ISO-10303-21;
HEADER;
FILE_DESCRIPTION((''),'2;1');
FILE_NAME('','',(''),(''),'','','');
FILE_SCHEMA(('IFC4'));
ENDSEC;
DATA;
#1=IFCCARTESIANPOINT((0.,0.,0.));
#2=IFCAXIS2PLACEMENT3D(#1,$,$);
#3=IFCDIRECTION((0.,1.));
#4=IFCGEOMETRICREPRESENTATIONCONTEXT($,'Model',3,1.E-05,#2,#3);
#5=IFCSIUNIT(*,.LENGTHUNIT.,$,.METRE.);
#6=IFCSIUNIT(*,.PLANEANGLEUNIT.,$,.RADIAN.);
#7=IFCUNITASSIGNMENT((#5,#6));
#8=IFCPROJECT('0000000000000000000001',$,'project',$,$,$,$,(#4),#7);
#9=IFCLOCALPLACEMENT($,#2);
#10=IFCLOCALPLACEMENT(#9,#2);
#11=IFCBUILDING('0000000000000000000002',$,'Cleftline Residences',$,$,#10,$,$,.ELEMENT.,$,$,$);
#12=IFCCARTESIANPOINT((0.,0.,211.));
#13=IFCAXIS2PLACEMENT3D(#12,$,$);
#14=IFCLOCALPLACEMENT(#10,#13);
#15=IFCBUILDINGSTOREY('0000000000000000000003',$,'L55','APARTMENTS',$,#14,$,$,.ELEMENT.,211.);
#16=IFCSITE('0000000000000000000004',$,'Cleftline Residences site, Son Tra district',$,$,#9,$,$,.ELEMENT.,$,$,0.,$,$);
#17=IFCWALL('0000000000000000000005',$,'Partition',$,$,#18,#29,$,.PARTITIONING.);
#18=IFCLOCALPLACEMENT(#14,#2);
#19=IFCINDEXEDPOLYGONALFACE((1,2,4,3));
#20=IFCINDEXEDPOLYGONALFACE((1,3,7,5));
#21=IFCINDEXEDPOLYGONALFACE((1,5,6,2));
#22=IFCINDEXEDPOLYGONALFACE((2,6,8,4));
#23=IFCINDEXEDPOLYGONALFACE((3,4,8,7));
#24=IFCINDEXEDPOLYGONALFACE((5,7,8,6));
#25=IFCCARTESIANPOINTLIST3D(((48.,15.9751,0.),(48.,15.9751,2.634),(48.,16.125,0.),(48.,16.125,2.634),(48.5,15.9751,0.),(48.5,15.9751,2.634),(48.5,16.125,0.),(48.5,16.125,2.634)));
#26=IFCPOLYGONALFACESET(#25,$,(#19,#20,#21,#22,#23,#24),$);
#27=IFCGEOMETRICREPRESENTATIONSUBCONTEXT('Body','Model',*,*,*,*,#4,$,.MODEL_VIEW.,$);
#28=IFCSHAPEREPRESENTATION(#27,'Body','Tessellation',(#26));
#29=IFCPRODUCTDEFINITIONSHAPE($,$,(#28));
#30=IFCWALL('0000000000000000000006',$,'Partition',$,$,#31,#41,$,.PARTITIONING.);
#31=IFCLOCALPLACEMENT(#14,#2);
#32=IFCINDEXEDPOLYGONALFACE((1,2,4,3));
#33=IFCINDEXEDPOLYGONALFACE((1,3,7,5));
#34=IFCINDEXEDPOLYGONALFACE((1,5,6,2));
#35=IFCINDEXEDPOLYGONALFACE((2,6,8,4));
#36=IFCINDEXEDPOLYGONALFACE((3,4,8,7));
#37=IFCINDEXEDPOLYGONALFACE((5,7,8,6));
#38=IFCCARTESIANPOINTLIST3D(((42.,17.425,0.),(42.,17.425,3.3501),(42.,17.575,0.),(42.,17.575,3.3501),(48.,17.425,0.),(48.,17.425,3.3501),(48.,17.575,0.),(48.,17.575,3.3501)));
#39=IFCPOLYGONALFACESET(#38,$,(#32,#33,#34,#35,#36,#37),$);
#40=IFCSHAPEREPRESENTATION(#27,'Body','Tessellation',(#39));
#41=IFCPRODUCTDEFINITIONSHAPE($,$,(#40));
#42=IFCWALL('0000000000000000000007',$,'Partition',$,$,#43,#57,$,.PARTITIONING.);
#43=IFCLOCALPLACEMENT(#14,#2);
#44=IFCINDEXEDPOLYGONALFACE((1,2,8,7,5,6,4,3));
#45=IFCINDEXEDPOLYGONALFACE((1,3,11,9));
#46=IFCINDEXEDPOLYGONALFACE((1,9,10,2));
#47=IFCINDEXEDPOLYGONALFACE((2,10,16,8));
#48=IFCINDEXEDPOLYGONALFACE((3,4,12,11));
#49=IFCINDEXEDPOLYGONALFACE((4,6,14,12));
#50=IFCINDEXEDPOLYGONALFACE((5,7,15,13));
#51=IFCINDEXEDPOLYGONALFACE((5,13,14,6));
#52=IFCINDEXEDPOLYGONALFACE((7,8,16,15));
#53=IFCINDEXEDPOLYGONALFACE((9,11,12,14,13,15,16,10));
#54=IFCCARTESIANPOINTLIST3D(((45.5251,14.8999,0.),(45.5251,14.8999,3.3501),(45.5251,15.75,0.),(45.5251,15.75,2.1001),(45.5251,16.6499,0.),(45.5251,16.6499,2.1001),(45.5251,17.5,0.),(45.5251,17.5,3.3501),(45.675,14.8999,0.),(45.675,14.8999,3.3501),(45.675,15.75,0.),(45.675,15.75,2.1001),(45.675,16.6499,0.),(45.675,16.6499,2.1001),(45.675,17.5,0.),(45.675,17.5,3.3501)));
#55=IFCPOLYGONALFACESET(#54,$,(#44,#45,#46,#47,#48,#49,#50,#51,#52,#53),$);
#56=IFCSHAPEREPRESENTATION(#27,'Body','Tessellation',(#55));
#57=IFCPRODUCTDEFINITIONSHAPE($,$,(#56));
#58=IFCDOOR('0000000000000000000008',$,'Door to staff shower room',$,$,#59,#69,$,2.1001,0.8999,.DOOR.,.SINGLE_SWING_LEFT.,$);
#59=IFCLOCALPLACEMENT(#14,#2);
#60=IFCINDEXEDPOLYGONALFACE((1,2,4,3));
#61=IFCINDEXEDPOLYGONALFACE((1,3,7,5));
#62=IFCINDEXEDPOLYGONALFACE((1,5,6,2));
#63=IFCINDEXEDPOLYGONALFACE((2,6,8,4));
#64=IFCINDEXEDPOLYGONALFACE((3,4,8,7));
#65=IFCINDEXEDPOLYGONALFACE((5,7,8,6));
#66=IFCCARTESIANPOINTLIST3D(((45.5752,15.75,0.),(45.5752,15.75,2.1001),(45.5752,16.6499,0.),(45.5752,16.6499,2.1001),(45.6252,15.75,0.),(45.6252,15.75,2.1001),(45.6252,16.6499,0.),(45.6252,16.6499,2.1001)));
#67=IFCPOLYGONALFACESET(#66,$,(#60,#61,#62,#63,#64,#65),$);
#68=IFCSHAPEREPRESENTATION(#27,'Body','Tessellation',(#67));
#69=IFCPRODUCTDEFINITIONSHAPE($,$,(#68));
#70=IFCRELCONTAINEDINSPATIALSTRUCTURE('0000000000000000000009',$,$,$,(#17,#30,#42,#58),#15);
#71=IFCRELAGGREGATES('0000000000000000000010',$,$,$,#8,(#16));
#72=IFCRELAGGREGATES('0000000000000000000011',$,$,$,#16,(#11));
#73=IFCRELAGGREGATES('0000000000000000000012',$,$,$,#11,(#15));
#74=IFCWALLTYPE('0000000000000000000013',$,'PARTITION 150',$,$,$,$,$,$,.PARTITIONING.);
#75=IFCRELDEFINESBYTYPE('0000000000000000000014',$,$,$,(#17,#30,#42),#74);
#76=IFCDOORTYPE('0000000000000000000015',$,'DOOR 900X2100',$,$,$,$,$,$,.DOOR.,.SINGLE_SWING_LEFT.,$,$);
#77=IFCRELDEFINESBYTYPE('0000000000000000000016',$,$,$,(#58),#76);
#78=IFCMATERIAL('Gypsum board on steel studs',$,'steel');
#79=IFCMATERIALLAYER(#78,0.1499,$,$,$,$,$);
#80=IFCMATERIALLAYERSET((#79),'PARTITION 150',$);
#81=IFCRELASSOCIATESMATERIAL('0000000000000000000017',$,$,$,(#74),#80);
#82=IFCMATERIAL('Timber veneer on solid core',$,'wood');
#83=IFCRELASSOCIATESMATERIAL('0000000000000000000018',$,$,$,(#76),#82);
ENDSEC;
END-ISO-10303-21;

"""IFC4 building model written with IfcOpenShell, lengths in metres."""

from ifc_helpers import new_model, si_unit, direction, frame, frame_2d, origin, place, context, subcontext, project, spatial, rectangle, extrude, material, layer, layer_set, type_object, element, fill, save


model = new_model("IFC4")

# Units and contexts
model_context = context("Model", 3, precision=1e-05, world=origin(), true_north=direction((0.0, 1.0)))
body_context = subcontext(model_context, "Body", "Model", "MODEL_VIEW")
ifc_project = project(units=[si_unit("LENGTHUNIT", "METRE"), si_unit("PLANEANGLEUNIT", "RADIAN")], contexts=[model_context])

# Site, building, storey
site_placement = place(None, origin())
site = spatial("IfcSite", under=ifc_project, at=site_placement, Name="Cleftline Residences site, Son Tra district", CompositionType="ELEMENT", RefElevation=0.0)
building_placement = place(site_placement, origin())
building = spatial("IfcBuilding", under=site, at=building_placement, Name="Cleftline Residences", CompositionType="ELEMENT")
storey_placement = place(building_placement, frame((0.0, 0.0, 211.0)))
storey = spatial("IfcBuildingStorey", under=building, at=storey_placement, Name="L55", Description="APARTMENTS", CompositionType="ELEMENT", Elevation=211.0)

# Walls
ifc_material_1 = material(Name="Gypsum board on steel studs", Category="steel")
ifc_layer_1 = layer(ifc_material_1, 0.1499)
ifc_layer_set_1 = layer_set([ifc_layer_1], Name="PARTITION 150")
wall_type_1 = type_object("IfcWallType", Name="PARTITION 150", PredefinedType="PARTITIONING", material=ifc_layer_set_1)
wall_1_placement = place(storey_placement, frame((48.0, 16.05, 0.0), z_axis=(0.0, 0.0, 1.0), x_axis=(1.0, 0.0, 0.0)))
element("IfcWall", 1, at=wall_1_placement, inside=storey, type_object=wall_type_1, Name="Partition", PredefinedType="PARTITIONING", context=body_context, shape_type="SweptSolid", body=[
    extrude(rectangle(XDim=0.5, YDim=0.1499, at=frame_2d((0.25, 0.0))), origin(), (0.0, 0.0, 1.0), 2.634),
])
wall_2_placement = place(storey_placement, frame((42.0, 17.5, 0.0), z_axis=(0.0, 0.0, 1.0), x_axis=(1.0, 0.0, 0.0)))
element("IfcWall", 2, at=wall_2_placement, inside=storey, type_object=wall_type_1, Name="Partition", PredefinedType="PARTITIONING", context=body_context, shape_type="SweptSolid", body=[
    extrude(rectangle(XDim=6.0, YDim=0.1499, at=frame_2d((3.0, 0.0))), origin(), (0.0, 0.0, 1.0), 3.3501),
])

# Wall, opening, door
wall_3_placement = place(storey_placement, frame((45.6001, 14.8999, 0.0), z_axis=(0.0, 0.0, 1.0), x_axis=(0.0, 1.0, 0.0)))
wall_3 = element("IfcWall", 3, at=wall_3_placement, inside=storey, type_object=wall_type_1, Name="Partition", PredefinedType="PARTITIONING", context=body_context, shape_type="SweptSolid", body=[
    extrude(rectangle(XDim=2.6001, YDim=0.1499, at=frame_2d((1.3, 0.0))), origin(), (0.0, 0.0, 1.0), 3.3501),
])
opening_1_placement = place(wall_3_placement, frame((0.8501, 0.0, 0.0)))
opening_1 = element("IfcOpeningElement", 4, at=opening_1_placement, cuts=wall_3, PredefinedType="OPENING", context=body_context, shape_type="SweptSolid", body=[
    extrude(rectangle(XDim=0.8999, YDim=2.1001, at=frame_2d((0.45, 1.05))), frame((0.0, 0.085, 0.0), z_axis=(0.0, -1.0, 0.0), x_axis=(1.0, 0.0, 0.0)), (0.0, 0.0, 1.0), 0.1699),
])
ifc_material_2 = material(Name="Timber veneer on solid core", Category="wood")
door_type_1 = type_object("IfcDoorType", Name="DOOR 900X2100", OperationType="SINGLE_SWING_LEFT", PredefinedType="DOOR", material=ifc_material_2)
door_1_placement = place(opening_1_placement, origin())
door_1 = element("IfcDoor", 5, at=door_1_placement, inside=storey, type_object=door_type_1, Name="Door to staff shower room", OperationType="SINGLE_SWING_LEFT", OverallHeight=2.1001, OverallWidth=0.8999, PredefinedType="DOOR", context=body_context, shape_type="SweptSolid", body=[
    extrude(rectangle(XDim=0.8999, YDim=2.1001, at=frame_2d((0.45, 1.05))), frame((0.0, 0.0249, 0.0), z_axis=(0.0, -1.0, 0.0), x_axis=(1.0, 0.0, 0.0)), (0.0, 0.0, 1.0), 0.05),
])
fill(opening_1, door_1)

save(model, "model.ifc")
